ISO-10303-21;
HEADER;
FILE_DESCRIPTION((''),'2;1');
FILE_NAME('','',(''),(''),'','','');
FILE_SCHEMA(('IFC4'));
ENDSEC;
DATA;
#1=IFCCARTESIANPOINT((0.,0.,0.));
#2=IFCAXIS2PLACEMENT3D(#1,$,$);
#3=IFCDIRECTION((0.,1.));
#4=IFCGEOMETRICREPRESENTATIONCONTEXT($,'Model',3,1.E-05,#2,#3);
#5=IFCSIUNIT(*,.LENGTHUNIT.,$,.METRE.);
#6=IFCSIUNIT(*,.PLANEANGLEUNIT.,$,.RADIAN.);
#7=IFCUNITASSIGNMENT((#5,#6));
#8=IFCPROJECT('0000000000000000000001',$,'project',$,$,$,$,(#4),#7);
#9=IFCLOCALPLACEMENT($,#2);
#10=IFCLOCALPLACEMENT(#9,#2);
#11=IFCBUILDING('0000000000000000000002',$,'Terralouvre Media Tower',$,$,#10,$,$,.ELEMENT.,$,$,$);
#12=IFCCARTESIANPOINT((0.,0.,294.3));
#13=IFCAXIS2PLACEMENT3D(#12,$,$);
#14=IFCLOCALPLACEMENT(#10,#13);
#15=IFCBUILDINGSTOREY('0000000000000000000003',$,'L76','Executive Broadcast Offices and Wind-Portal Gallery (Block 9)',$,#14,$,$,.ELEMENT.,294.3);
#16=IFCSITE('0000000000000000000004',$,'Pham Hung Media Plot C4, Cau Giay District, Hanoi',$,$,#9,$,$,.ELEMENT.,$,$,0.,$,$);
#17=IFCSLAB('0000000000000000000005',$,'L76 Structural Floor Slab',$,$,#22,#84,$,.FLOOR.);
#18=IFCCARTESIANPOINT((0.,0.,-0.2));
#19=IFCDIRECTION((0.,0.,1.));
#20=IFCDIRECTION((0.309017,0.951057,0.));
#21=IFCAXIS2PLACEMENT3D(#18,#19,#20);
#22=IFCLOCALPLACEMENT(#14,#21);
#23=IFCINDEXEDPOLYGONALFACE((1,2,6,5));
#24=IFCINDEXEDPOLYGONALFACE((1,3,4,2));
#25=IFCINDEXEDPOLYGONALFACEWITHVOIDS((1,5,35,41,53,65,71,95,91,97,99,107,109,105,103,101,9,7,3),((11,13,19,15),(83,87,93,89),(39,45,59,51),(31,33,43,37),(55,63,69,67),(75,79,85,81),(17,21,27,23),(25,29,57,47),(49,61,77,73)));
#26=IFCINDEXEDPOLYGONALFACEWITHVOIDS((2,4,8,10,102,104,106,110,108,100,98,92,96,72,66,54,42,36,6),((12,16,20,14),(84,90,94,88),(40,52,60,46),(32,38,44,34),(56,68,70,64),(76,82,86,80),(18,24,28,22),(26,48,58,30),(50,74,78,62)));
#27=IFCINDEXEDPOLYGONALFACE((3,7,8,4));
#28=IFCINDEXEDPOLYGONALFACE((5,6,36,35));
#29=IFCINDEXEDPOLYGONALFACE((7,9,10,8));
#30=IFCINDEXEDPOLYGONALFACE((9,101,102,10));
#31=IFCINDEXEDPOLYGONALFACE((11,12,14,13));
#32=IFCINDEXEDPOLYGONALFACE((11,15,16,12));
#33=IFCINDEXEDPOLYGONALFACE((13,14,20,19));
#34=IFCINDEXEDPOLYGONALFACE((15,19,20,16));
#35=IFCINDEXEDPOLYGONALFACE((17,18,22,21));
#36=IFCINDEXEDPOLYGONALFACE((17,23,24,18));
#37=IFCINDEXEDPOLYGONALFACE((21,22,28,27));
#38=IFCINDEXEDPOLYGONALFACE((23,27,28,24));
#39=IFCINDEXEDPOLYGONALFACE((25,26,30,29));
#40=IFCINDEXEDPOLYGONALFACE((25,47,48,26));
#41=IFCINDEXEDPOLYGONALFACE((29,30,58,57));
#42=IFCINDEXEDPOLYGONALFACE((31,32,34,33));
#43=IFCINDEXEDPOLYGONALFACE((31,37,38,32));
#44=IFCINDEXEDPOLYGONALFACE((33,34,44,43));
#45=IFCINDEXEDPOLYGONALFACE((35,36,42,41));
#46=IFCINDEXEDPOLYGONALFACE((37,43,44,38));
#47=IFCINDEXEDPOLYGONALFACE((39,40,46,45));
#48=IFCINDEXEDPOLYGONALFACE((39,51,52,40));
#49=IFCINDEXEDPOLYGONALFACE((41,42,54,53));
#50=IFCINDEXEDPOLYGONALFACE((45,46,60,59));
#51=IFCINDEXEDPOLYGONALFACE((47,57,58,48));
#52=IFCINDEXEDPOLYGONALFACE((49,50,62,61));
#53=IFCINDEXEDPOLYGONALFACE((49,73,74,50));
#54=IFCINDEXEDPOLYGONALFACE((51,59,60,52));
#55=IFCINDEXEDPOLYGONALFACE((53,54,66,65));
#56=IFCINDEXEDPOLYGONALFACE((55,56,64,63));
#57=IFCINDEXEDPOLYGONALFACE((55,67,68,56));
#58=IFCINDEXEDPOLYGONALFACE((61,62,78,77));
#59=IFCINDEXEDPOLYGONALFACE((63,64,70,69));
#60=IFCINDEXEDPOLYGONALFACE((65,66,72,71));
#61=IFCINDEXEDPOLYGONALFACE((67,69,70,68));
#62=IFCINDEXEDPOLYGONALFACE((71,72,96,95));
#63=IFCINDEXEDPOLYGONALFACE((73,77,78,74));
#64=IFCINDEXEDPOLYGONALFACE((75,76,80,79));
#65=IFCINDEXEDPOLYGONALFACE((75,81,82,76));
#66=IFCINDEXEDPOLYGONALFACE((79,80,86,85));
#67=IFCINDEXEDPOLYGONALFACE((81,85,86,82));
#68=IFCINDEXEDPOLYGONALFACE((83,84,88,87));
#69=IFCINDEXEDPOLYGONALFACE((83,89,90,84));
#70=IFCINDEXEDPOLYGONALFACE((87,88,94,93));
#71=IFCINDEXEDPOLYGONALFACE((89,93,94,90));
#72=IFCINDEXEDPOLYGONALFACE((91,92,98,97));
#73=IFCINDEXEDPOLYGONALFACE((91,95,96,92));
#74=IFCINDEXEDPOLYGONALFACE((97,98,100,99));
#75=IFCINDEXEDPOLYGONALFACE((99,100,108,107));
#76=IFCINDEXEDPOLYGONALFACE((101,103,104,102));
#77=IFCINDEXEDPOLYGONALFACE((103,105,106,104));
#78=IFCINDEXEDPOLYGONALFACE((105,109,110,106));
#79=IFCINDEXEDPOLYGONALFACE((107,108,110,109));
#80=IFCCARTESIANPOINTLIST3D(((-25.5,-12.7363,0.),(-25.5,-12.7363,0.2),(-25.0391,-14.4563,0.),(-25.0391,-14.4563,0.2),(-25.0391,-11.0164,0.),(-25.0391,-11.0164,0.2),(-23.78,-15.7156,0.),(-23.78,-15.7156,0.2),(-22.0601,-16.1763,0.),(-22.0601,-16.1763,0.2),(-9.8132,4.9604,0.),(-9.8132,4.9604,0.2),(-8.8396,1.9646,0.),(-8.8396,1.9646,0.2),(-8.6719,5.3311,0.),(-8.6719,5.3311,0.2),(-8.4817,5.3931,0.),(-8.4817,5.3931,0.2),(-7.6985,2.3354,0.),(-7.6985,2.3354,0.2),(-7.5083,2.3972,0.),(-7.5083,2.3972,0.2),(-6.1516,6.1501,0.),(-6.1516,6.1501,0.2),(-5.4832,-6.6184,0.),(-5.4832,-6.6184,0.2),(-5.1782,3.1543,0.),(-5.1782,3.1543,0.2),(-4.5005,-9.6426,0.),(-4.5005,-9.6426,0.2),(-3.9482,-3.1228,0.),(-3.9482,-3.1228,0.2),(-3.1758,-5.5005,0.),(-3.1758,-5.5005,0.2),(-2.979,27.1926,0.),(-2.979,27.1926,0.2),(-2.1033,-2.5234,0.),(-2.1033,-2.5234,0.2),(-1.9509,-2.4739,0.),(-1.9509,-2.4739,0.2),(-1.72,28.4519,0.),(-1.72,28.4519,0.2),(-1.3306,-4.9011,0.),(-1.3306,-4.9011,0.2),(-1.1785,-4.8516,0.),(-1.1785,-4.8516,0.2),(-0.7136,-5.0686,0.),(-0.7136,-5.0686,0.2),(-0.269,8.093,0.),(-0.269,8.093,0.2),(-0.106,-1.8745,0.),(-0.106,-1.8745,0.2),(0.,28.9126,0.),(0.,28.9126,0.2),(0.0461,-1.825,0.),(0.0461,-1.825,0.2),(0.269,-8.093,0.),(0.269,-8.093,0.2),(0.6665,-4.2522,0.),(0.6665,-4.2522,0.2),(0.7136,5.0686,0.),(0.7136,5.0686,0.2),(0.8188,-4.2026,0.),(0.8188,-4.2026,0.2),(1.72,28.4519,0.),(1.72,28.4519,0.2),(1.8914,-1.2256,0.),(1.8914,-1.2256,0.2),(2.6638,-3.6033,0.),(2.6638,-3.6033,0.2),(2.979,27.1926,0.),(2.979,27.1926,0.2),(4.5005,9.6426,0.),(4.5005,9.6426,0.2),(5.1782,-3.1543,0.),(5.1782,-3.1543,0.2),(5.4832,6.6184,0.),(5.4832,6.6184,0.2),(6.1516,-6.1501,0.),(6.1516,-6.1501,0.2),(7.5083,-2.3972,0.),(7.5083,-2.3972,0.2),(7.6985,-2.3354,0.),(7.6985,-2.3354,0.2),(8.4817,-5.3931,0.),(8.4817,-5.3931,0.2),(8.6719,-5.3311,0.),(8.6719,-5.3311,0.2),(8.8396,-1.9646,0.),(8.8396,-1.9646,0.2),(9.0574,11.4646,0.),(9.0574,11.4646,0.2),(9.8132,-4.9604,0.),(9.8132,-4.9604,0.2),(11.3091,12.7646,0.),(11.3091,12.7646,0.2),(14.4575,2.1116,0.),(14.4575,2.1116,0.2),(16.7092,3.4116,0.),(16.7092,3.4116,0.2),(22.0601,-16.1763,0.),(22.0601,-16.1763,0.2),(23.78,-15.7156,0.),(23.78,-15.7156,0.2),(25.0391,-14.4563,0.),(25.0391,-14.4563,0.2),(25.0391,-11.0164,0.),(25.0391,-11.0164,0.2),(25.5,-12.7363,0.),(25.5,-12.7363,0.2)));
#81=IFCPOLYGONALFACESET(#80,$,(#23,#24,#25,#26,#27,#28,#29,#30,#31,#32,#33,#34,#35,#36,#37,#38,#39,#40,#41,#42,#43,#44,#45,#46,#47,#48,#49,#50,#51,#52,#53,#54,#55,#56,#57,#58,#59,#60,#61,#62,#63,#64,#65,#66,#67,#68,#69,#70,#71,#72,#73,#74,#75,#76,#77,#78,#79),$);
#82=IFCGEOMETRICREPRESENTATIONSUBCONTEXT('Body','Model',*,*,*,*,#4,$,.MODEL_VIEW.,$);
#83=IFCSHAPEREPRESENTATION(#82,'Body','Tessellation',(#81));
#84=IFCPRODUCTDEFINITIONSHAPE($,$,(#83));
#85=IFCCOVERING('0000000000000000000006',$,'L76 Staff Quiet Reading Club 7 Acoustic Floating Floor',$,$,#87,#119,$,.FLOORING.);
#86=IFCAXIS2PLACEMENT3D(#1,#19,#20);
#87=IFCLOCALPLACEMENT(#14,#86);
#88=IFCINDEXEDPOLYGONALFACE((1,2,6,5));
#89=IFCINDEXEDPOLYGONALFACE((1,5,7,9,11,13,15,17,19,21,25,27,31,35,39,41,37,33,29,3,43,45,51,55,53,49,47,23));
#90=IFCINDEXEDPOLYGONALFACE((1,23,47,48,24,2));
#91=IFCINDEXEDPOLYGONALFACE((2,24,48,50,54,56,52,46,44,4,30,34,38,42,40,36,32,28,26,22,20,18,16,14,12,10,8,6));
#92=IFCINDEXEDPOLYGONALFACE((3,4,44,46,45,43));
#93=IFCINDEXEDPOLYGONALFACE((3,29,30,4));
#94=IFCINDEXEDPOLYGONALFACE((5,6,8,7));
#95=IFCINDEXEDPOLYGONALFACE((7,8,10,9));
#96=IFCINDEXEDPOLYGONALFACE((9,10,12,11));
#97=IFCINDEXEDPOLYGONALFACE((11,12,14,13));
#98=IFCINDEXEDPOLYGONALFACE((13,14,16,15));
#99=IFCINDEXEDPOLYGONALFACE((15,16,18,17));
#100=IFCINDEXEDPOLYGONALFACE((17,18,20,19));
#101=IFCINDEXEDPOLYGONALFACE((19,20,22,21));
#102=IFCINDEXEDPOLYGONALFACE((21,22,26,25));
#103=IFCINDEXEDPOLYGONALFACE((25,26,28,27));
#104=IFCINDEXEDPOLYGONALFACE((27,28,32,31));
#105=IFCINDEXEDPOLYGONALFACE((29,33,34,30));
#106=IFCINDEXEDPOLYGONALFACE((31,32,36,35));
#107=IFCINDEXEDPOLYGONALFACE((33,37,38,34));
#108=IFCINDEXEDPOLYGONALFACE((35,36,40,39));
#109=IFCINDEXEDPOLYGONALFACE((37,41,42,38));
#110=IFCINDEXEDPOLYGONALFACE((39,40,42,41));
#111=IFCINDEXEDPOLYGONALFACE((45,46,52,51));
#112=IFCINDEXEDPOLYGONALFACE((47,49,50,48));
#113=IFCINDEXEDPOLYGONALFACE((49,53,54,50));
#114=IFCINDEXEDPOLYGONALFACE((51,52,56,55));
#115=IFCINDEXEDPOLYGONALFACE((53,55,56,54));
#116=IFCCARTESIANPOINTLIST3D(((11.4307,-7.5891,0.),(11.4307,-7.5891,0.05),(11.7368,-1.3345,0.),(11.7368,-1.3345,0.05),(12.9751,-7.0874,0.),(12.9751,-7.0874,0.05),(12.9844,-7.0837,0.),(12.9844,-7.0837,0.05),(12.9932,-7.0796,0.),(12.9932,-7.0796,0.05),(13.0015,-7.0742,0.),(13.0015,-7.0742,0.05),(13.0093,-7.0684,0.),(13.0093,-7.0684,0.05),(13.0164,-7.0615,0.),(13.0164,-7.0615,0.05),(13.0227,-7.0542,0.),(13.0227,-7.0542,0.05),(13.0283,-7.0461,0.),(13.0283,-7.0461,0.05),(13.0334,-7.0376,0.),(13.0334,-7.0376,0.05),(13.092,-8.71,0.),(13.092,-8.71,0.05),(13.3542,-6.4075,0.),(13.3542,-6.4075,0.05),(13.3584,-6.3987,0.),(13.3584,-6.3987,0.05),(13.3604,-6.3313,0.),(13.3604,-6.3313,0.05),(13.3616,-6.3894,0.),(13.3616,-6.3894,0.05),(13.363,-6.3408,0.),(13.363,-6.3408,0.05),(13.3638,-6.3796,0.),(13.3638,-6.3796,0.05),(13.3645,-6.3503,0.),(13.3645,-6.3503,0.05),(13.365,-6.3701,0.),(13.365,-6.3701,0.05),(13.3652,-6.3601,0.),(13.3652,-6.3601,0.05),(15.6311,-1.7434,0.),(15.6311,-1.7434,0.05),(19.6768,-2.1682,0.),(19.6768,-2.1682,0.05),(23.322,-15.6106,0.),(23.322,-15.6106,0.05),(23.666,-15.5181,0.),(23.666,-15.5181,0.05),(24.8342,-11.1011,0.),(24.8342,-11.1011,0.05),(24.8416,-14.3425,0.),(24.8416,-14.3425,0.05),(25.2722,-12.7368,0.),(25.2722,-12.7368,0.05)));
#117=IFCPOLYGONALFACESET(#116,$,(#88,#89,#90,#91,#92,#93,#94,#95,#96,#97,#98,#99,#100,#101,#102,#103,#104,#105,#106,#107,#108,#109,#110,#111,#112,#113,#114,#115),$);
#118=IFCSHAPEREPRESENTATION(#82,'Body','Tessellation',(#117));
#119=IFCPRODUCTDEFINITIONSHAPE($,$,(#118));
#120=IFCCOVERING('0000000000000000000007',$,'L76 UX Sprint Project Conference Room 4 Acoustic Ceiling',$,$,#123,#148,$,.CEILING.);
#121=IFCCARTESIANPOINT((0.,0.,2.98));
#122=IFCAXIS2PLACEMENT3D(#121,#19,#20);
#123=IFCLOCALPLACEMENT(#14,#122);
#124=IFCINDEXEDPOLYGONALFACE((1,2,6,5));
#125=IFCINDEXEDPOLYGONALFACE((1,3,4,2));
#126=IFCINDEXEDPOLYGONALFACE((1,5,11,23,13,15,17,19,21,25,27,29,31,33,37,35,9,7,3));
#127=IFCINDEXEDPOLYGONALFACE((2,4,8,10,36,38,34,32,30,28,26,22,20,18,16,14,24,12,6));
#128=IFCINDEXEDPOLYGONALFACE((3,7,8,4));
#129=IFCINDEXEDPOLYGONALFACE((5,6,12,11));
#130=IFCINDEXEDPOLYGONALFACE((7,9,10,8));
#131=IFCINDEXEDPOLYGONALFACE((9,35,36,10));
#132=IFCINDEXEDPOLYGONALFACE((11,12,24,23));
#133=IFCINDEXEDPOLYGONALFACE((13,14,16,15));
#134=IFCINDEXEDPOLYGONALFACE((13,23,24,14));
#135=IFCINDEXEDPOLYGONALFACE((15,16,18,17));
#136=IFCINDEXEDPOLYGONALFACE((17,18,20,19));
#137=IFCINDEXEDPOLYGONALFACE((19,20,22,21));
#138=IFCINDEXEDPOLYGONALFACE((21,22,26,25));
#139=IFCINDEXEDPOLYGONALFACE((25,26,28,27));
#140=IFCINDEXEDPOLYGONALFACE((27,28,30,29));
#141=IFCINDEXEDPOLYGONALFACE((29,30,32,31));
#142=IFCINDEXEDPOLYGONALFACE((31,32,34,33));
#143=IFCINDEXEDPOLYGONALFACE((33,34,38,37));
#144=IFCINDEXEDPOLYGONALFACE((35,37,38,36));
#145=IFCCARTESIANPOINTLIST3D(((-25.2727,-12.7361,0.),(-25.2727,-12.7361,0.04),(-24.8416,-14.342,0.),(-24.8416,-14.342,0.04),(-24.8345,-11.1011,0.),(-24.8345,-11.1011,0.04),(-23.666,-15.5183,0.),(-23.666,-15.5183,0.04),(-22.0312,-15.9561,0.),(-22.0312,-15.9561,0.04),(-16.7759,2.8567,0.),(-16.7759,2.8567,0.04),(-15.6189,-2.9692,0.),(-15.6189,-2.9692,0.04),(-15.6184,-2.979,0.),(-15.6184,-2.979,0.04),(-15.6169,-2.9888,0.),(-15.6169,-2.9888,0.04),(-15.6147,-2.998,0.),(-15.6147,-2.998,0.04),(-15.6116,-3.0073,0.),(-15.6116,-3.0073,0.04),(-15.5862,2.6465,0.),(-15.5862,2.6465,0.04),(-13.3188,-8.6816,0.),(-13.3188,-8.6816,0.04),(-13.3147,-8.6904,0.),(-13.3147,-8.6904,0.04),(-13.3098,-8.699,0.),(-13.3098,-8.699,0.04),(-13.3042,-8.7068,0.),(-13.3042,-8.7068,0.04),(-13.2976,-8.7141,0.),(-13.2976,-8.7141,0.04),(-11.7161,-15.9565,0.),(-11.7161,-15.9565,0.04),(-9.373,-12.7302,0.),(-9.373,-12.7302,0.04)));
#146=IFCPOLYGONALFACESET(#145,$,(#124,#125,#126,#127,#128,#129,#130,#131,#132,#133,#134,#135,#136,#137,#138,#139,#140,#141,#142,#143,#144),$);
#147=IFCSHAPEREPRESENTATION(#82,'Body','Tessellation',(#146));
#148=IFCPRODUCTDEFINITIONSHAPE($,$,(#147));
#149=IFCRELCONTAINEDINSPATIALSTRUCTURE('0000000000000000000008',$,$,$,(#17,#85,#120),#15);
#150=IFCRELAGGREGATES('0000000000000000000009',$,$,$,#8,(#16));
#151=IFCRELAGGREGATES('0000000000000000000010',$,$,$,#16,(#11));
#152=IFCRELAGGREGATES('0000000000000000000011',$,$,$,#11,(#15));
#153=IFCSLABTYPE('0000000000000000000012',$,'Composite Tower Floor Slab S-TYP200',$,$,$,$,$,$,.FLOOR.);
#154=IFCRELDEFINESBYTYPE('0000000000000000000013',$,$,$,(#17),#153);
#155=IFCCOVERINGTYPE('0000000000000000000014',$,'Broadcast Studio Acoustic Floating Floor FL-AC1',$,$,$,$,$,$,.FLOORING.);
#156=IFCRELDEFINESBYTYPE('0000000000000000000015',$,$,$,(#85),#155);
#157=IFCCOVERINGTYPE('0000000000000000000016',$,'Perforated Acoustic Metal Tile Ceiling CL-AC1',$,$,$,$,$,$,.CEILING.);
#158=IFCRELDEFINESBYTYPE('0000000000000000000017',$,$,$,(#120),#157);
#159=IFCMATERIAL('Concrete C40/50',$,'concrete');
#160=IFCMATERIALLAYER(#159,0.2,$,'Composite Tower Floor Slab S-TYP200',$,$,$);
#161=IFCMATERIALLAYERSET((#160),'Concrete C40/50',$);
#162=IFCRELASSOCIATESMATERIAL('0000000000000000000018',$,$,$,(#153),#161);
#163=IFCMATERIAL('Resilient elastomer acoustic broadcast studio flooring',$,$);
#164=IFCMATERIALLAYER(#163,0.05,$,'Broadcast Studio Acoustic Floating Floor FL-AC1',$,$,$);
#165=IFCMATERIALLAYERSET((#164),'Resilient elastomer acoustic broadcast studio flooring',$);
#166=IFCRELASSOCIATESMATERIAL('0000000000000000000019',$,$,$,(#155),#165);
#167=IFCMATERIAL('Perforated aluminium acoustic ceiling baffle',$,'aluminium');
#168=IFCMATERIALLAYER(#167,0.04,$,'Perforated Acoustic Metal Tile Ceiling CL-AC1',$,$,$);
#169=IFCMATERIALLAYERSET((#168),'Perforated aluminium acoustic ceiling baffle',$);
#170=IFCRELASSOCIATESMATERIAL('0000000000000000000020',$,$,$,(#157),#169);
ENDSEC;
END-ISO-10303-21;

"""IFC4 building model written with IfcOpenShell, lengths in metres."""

from ifc_helpers import new_model, si_unit, direction, frame, origin, place, context, subcontext, project, spatial, polyline, outline, extrude, material, layer, layer_set, type_object, element, save


model = new_model("IFC4")

# Units and contexts
model_context = context("Model", 3, precision=1e-05, world=origin(), true_north=direction((0.0, 1.0)))
body_context = subcontext(model_context, "Body", "Model", "MODEL_VIEW")
ifc_project = project(units=[si_unit("LENGTHUNIT", "METRE"), si_unit("PLANEANGLEUNIT", "RADIAN")], contexts=[model_context])

# Site, building, storey
site_placement = place(None, origin())
site = spatial("IfcSite", under=ifc_project, at=site_placement, Name="Pham Hung Media Plot C4, Cau Giay District, Hanoi", CompositionType="ELEMENT", RefElevation=0.0)
building_placement = place(site_placement, origin())
building = spatial("IfcBuilding", under=site, at=building_placement, Name="Terralouvre Media Tower", CompositionType="ELEMENT")
storey_placement = place(building_placement, frame((0.0, 0.0, 294.3)))
storey = spatial("IfcBuildingStorey", under=building, at=storey_placement, Name="L76", Description="Executive Broadcast Offices and Wind-Portal Gallery (Block 9)", CompositionType="ELEMENT", Elevation=294.3)

# Slab
ifc_material_1 = material(Name="Concrete C40/50", Category="concrete")
ifc_layer_1 = layer(ifc_material_1, 0.2, Name="Composite Tower Floor Slab S-TYP200")
ifc_layer_set_1 = layer_set([ifc_layer_1], Name="Concrete C40/50")
slab_type_1 = type_object("IfcSlabType", Name="Composite Tower Floor Slab S-TYP200", PredefinedType="FLOOR", material=ifc_layer_set_1)
slab_1_placement = place(storey_placement, frame((0.0, 0.0, -0.2), z_axis=(0.0, 0.0, 1.0), x_axis=(0.309017, 0.951057, 0.0)))
element("IfcSlab", 1, at=slab_1_placement, inside=storey, type_object=slab_type_1, Name="L76 Structural Floor Slab", PredefinedType="FLOOR", context=body_context, shape_type="SweptSolid", body=[
    extrude(outline(polyline([(25.0391, -11.0164), (16.7092, 3.4116), (14.4575, 2.1116), (9.0574, 11.4646), (11.3091, 12.7646), (2.979, 27.1926), (1.72, 28.4519), (0.0, 28.9126), (-1.72, 28.4519), (-2.979, 27.1926), (-25.0391, -11.0164), (-25.5, -12.7363), (-25.0391, -14.4563), (-23.78, -15.7156), (-22.0601, -16.1763), (22.0601, -16.1763), (23.78, -15.7156), (25.0391, -14.4563), (25.5, -12.7363), (25.0391, -11.0164)]), holes=[polyline([(-7.6985, 2.3354), (-8.8396, 1.9646), (-9.8132, 4.9604), (-8.6719, 5.3311), (-7.6985, 2.3354)]), polyline([(-5.1782, 3.1543), (-7.5083, 2.3972), (-8.4817, 5.3931), (-6.1516, 6.1501), (-5.1782, 3.1543)]), polyline([(-5.4832, -6.6184), (-0.7136, -5.0686), (0.269, -8.093), (-4.5005, -9.6426), (-5.4832, -6.6184)]), polyline([(-1.3306, -4.9011), (-3.1758, -5.5005), (-3.9482, -3.1228), (-2.1033, -2.5234), (-1.3306, -4.9011)]), polyline([(0.6665, -4.2522), (-1.1785, -4.8516), (-1.9509, -2.4739), (-0.106, -1.8745), (0.6665, -4.2522)]), polyline([(2.6638, -3.6033), (0.8188, -4.2026), (0.0461, -1.825), (1.8914, -1.2256), (2.6638, -3.6033)]), polyline([(5.4832, 6.6184), (0.7136, 5.0686), (-0.269, 8.093), (4.5005, 9.6426), (5.4832, 6.6184)]), polyline([(6.1516, -6.1501), (5.1782, -3.1543), (7.5083, -2.3972), (8.4817, -5.3931), (6.1516, -6.1501)]), polyline([(8.6719, -5.3311), (7.6985, -2.3354), (8.8396, -1.9646), (9.8132, -4.9604), (8.6719, -5.3311)])]), origin(), (0.0, 0.0, 1.0), 0.2),
])

# Coverings
ifc_material_2 = material(Name="Resilient elastomer acoustic broadcast studio flooring")
ifc_layer_2 = layer(ifc_material_2, 0.05, Name="Broadcast Studio Acoustic Floating Floor FL-AC1")
ifc_layer_set_2 = layer_set([ifc_layer_2], Name="Resilient elastomer acoustic broadcast studio flooring")
covering_type_1 = type_object("IfcCoveringType", Name="Broadcast Studio Acoustic Floating Floor FL-AC1", PredefinedType="FLOORING", material=ifc_layer_set_2)
covering_1_placement = place(storey_placement, frame((0.0, 0.0, 0.0), z_axis=(0.0, 0.0, 1.0), x_axis=(0.309017, 0.951057, 0.0)))
element("IfcCovering", 2, at=covering_1_placement, inside=storey, type_object=covering_type_1, Name="L76 Staff Quiet Reading Club 7 Acoustic Floating Floor", PredefinedType="FLOORING", context=body_context, shape_type="SweptSolid", body=[
    extrude(outline(polyline([(19.6768, -2.1682), (15.6311, -1.7434), (11.7368, -1.3345), (13.3604, -6.3313), (13.363, -6.3408), (13.3645, -6.3503), (13.3652, -6.3601), (13.365, -6.3701), (13.3638, -6.3796), (13.3616, -6.3894), (13.3584, -6.3987), (13.3542, -6.4075), (13.0334, -7.0376), (13.0283, -7.0461), (13.0227, -7.0542), (13.0164, -7.0615), (13.0093, -7.0684), (13.0015, -7.0742), (12.9932, -7.0796), (12.9844, -7.0837), (12.9751, -7.0874), (11.4307, -7.5891), (13.092, -8.71), (23.322, -15.6106), (23.666, -15.5181), (24.8416, -14.3425), (25.2722, -12.7368), (24.8342, -11.1011), (19.6768, -2.1682)])), origin(), (0.0, 0.0, 1.0), 0.05),
])
ifc_material_3 = material(Name="Perforated aluminium acoustic ceiling baffle", Category="aluminium")
ifc_layer_3 = layer(ifc_material_3, 0.04, Name="Perforated Acoustic Metal Tile Ceiling CL-AC1")
ifc_layer_set_3 = layer_set([ifc_layer_3], Name="Perforated aluminium acoustic ceiling baffle")
covering_type_2 = type_object("IfcCoveringType", Name="Perforated Acoustic Metal Tile Ceiling CL-AC1", PredefinedType="CEILING", material=ifc_layer_set_3)
covering_2_placement = place(storey_placement, frame((0.0, 0.0, 2.98), z_axis=(0.0, 0.0, 1.0), x_axis=(0.309017, 0.951057, 0.0)))
element("IfcCovering", 3, at=covering_2_placement, inside=storey, type_object=covering_type_2, Name="L76 UX Sprint Project Conference Room 4 Acoustic Ceiling", PredefinedType="CEILING", context=body_context, shape_type="SweptSolid", body=[
    extrude(outline(polyline([(-13.2976, -8.7141), (-13.3042, -8.7068), (-13.3098, -8.699), (-13.3147, -8.6904), (-13.3188, -8.6816), (-15.6116, -3.0073), (-15.6147, -2.998), (-15.6169, -2.9888), (-15.6184, -2.979), (-15.6189, -2.9692), (-15.5862, 2.6465), (-16.7759, 2.8567), (-24.8345, -11.1011), (-25.2727, -12.7361), (-24.8416, -14.342), (-23.666, -15.5183), (-22.0312, -15.9561), (-11.7161, -15.9565), (-9.373, -12.7302), (-13.2976, -8.7141)])), origin(), (0.0, 0.0, 1.0), 0.04),
])

save(model, "model.ifc")
